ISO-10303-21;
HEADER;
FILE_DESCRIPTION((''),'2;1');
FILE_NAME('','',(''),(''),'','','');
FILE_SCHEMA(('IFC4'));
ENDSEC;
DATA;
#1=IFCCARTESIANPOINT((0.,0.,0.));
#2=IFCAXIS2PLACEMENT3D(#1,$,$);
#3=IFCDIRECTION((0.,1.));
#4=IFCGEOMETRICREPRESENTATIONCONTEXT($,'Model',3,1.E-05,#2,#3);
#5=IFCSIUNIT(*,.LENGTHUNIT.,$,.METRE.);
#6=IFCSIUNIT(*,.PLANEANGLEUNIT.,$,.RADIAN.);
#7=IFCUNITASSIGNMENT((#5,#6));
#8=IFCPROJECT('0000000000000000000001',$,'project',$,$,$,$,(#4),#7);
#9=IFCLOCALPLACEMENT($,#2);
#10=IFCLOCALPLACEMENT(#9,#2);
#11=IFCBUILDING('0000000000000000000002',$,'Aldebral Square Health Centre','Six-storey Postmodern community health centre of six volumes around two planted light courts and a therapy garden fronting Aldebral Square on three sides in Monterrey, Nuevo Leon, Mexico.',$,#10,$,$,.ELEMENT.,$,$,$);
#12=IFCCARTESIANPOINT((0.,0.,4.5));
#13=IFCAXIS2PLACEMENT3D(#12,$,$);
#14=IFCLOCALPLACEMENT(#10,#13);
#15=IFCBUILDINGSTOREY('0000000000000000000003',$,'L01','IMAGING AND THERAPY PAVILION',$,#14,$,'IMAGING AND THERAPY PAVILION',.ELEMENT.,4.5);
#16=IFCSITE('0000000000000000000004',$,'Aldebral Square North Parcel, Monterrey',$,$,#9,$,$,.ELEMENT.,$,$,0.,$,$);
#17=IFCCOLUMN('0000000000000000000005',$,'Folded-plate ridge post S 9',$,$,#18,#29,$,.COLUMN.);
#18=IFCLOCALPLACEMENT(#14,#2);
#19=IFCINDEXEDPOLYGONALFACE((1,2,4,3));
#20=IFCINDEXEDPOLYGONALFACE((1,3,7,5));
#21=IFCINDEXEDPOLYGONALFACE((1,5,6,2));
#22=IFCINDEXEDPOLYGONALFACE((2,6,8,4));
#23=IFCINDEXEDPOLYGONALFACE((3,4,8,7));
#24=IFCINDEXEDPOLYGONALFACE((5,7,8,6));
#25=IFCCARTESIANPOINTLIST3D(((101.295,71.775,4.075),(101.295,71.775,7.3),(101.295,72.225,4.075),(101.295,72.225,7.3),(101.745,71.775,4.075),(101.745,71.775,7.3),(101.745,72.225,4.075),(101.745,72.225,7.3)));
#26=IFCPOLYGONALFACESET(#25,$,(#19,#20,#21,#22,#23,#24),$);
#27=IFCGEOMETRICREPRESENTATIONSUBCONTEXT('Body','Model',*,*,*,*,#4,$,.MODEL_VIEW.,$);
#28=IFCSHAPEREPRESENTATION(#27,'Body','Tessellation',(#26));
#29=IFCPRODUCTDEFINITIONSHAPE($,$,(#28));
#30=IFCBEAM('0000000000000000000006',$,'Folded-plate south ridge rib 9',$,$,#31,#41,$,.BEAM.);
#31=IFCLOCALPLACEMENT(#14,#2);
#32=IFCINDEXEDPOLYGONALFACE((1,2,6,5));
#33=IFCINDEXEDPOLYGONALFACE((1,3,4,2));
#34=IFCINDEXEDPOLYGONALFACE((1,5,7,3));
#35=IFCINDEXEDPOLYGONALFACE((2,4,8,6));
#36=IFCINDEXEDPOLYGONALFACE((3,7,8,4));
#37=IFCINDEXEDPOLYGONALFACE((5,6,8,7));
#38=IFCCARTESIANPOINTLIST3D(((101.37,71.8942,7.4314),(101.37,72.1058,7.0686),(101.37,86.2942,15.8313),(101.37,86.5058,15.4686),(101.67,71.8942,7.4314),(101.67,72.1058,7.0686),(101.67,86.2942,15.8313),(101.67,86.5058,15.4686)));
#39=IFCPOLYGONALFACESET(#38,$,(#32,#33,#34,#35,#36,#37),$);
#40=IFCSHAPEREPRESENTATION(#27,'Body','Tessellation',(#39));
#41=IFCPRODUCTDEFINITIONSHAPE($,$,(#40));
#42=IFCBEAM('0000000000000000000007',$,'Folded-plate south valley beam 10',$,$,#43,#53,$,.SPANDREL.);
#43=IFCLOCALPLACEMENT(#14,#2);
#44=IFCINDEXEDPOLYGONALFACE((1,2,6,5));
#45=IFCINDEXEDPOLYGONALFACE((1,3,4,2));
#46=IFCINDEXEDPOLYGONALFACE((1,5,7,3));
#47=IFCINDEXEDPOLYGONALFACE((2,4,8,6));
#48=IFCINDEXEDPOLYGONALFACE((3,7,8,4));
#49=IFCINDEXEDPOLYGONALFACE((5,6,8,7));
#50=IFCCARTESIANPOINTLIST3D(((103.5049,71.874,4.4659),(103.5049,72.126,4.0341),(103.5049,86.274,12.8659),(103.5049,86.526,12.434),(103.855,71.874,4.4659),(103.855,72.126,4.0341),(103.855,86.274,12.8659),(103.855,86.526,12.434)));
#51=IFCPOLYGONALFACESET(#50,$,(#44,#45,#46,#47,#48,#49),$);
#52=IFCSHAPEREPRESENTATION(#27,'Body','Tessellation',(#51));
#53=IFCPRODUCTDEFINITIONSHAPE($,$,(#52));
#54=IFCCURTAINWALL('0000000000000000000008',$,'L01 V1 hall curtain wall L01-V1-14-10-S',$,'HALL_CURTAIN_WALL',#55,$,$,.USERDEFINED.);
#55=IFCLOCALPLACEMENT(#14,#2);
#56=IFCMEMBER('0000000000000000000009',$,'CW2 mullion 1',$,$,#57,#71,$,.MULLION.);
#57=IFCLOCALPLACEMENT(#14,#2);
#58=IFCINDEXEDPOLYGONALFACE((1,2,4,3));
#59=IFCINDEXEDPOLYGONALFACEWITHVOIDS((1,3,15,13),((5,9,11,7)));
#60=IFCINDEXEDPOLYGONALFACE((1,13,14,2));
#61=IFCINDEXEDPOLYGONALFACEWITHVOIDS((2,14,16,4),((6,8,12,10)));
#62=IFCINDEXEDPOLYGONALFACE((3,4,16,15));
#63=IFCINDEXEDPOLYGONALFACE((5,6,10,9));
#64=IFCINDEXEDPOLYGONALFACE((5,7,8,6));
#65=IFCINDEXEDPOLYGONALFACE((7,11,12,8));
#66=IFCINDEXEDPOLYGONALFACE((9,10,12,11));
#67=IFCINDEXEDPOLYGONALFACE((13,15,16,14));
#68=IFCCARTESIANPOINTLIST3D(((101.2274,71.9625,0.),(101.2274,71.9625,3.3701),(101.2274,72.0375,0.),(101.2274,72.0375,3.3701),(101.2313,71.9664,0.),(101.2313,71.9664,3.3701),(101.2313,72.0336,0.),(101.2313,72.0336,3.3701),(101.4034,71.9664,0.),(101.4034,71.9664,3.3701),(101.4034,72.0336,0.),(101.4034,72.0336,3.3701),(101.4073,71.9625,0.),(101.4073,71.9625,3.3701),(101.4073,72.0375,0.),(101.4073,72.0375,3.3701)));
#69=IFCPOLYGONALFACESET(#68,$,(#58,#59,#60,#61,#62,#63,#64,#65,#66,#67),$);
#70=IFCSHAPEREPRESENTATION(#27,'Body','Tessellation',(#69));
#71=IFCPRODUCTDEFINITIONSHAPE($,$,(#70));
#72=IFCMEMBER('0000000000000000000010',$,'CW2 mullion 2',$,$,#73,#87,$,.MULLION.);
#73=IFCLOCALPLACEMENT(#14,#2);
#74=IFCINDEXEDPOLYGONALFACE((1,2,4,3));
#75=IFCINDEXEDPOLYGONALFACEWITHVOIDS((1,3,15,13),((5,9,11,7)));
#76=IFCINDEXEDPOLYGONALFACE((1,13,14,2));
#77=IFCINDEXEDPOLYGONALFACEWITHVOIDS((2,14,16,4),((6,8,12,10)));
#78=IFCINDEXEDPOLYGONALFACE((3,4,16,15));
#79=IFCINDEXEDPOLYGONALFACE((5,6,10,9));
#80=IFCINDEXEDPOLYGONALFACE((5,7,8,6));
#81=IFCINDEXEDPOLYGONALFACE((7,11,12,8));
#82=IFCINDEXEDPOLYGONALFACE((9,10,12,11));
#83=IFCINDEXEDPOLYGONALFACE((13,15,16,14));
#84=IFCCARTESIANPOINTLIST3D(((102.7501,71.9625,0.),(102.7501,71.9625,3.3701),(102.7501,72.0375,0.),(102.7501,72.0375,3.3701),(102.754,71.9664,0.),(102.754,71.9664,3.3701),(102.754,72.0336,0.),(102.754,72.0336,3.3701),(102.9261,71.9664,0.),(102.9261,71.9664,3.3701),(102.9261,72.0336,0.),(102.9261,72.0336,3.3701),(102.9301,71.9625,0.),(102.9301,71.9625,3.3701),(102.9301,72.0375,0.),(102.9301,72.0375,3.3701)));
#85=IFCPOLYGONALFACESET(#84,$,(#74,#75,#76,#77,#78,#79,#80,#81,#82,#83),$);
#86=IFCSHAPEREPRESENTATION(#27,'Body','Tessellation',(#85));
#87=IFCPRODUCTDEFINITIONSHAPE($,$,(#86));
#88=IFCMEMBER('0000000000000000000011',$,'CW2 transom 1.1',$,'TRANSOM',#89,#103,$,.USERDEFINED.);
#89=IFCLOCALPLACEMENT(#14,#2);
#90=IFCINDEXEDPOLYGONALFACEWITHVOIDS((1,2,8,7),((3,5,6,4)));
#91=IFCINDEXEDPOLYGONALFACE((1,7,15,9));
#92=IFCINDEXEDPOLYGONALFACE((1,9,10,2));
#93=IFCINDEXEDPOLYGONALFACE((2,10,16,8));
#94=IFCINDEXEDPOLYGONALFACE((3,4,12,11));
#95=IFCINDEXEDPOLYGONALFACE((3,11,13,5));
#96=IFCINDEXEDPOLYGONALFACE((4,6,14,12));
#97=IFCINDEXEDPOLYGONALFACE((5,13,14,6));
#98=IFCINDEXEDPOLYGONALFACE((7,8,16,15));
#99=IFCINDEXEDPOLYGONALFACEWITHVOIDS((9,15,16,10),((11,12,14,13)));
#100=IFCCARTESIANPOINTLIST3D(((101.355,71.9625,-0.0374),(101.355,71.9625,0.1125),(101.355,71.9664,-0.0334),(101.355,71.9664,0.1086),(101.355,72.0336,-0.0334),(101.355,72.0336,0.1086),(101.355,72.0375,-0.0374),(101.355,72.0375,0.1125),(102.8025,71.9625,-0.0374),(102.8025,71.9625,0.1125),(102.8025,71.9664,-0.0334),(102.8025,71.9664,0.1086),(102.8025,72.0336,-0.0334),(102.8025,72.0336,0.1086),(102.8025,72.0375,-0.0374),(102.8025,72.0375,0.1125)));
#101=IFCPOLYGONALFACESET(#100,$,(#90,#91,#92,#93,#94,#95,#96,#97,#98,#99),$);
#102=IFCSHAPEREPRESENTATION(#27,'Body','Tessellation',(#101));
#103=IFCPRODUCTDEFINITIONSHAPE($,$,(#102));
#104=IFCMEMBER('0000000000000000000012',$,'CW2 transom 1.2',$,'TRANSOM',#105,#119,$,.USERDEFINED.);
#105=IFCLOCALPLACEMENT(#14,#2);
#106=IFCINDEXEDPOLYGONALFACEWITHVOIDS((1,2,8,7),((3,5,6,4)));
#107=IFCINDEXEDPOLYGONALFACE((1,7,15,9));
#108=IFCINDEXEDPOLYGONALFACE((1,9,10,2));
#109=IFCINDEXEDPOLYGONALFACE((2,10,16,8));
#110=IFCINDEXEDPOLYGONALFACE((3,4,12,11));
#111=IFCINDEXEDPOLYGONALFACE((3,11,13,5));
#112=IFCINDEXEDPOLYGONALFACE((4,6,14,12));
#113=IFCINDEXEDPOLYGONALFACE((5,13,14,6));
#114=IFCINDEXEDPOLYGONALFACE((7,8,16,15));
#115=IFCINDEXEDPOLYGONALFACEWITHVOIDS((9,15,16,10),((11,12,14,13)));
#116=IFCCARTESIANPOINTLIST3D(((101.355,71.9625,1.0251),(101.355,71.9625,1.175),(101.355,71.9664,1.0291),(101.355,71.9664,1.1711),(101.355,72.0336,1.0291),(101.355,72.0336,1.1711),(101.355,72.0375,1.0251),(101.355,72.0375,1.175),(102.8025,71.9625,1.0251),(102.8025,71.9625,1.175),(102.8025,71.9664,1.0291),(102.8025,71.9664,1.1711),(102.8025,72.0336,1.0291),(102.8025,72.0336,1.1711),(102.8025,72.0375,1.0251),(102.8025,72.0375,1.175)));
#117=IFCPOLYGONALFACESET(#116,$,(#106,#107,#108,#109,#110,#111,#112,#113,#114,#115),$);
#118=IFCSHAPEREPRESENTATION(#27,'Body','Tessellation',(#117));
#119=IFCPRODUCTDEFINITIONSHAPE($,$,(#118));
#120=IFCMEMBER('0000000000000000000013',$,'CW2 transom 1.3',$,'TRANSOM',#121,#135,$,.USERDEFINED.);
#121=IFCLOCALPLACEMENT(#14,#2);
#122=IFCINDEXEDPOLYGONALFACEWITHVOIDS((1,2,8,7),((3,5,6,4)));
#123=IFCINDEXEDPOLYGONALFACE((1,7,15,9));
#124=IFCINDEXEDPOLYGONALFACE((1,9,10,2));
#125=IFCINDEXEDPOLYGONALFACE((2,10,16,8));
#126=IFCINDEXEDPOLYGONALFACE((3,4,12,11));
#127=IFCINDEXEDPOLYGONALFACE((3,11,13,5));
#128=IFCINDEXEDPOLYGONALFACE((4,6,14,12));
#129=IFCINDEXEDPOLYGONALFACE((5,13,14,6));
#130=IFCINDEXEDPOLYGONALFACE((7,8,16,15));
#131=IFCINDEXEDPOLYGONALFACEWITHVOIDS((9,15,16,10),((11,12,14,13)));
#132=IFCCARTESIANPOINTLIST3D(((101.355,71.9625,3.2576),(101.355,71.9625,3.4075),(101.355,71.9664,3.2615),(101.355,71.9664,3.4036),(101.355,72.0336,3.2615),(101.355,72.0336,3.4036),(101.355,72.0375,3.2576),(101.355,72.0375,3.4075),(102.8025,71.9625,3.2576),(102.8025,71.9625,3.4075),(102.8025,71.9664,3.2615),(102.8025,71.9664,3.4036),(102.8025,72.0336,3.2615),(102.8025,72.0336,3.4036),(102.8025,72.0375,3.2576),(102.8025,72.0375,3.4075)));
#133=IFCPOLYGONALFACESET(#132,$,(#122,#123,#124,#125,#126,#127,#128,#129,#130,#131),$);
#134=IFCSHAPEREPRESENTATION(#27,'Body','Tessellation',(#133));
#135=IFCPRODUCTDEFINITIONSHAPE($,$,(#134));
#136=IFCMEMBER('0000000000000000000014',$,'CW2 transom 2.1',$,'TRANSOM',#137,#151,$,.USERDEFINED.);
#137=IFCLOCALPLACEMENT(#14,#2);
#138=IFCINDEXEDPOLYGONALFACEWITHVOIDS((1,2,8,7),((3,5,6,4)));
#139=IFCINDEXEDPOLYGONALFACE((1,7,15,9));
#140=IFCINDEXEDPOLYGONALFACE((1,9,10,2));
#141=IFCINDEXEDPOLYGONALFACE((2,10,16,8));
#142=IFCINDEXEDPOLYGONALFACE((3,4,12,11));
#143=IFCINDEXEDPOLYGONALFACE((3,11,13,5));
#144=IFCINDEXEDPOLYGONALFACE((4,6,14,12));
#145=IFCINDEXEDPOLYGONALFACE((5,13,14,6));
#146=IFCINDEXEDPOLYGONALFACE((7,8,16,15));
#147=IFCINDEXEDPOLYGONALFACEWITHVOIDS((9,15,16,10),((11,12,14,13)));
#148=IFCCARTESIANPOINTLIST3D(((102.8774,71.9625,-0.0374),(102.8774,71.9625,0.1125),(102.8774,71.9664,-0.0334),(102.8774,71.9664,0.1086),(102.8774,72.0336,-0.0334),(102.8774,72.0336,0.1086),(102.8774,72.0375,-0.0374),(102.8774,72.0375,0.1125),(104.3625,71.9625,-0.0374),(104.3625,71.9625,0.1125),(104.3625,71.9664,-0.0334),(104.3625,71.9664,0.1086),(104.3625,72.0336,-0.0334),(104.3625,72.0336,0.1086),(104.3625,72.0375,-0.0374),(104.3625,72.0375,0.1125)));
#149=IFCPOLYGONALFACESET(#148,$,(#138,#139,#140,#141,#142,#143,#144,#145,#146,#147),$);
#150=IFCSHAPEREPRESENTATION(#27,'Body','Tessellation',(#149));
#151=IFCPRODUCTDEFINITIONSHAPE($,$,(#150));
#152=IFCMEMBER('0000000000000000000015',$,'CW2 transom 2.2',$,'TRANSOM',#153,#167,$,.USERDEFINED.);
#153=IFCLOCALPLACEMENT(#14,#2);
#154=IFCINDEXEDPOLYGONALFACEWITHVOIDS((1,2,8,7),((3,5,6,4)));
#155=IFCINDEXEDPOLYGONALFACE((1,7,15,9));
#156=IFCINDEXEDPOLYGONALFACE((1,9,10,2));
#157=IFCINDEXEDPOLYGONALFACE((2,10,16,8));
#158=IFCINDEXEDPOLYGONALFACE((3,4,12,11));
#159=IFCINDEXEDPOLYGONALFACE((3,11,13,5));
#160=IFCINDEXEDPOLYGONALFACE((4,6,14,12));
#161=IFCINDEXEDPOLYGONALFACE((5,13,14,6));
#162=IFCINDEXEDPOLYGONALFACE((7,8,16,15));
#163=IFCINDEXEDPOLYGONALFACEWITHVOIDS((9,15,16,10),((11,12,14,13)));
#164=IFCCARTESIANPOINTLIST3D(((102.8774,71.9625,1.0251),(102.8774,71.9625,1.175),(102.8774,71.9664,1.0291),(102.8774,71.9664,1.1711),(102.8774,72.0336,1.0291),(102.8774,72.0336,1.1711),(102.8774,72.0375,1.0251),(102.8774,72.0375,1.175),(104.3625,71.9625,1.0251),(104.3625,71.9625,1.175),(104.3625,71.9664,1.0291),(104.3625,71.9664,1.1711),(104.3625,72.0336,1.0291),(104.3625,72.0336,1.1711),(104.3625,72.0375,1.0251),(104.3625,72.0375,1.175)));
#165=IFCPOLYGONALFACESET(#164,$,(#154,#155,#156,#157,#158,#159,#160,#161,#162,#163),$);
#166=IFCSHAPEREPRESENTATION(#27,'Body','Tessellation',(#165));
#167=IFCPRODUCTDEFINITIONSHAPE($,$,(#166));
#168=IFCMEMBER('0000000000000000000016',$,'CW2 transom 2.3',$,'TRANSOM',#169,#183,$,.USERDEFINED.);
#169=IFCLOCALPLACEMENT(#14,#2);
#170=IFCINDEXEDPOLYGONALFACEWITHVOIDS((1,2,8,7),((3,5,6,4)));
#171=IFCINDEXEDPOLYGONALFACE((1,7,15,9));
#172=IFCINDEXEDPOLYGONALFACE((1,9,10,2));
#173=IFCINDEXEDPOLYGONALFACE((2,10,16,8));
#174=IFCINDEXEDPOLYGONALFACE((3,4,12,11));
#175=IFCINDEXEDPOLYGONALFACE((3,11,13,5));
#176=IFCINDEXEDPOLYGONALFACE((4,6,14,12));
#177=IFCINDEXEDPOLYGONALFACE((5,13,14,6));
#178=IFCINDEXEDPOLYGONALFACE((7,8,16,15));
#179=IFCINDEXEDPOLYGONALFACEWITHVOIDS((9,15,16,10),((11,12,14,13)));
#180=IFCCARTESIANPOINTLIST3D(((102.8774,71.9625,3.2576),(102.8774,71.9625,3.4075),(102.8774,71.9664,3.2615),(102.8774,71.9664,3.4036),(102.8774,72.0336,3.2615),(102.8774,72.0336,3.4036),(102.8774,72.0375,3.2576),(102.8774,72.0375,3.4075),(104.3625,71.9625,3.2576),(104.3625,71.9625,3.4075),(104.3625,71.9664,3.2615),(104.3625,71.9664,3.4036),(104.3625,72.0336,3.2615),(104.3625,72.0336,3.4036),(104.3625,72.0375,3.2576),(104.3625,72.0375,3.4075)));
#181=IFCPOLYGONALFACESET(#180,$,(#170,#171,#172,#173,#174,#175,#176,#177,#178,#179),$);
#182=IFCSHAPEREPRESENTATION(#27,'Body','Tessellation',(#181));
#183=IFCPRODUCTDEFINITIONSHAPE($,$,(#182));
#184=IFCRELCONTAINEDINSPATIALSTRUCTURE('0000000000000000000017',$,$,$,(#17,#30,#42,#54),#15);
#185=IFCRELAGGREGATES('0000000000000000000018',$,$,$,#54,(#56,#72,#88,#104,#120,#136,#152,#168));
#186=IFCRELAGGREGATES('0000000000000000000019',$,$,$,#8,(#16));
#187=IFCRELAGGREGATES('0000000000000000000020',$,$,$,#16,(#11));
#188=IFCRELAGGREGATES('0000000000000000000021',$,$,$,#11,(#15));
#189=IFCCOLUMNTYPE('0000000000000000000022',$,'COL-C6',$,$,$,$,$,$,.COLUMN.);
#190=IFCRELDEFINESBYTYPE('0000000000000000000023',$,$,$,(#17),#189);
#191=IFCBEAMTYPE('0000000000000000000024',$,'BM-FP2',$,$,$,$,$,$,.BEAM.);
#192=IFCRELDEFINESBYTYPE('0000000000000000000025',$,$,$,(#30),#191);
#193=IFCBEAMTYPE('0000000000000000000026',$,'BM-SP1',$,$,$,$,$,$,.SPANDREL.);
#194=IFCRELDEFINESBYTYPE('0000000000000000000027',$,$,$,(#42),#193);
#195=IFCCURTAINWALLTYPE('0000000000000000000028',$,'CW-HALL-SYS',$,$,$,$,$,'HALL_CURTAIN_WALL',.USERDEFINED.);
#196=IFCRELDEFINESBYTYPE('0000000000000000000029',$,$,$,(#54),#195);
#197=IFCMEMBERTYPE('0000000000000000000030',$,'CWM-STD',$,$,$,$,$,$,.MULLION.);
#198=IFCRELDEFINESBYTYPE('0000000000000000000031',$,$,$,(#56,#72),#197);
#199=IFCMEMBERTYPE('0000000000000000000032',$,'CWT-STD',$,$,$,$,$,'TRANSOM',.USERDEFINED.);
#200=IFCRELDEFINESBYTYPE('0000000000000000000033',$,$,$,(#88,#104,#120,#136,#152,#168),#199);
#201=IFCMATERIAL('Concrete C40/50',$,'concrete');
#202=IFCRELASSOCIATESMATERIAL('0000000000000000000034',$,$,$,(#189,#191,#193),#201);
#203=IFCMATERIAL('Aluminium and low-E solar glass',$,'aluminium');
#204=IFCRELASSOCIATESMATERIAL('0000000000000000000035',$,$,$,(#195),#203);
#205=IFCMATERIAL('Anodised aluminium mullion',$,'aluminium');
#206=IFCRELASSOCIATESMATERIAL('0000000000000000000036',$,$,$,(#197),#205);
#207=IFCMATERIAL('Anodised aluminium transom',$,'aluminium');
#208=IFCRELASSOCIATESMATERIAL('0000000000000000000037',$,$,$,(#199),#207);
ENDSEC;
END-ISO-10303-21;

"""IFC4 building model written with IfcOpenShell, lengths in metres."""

from ifc_helpers import new_model, si_unit, direction, frame, origin, origin_2d, place, context, subcontext, project, spatial, rectangle, hollow_rectangle, extrude, material, material_profile, profile_set, type_object, element, aggregate, save


model = new_model("IFC4")

# Units and contexts
model_context = context("Model", 3, precision=1e-05, world=origin(), true_north=direction((0.0, 1.0)))
body_context = subcontext(model_context, "Body", "Model", "MODEL_VIEW")
ifc_project = project(units=[si_unit("LENGTHUNIT", "METRE"), si_unit("PLANEANGLEUNIT", "RADIAN")], contexts=[model_context])

# Site, building, storey
site_placement = place(None, origin())
site = spatial("IfcSite", under=ifc_project, at=site_placement, Name="Aldebral Square North Parcel, Monterrey", CompositionType="ELEMENT", RefElevation=0.0)
building_placement = place(site_placement, origin())
building = spatial("IfcBuilding", under=site, at=building_placement, Name="Aldebral Square Health Centre", Description="Six-storey Postmodern community health centre of six volumes around two planted light courts and a therapy garden fronting Aldebral Square on three sides in Monterrey, Nuevo Leon, Mexico.", CompositionType="ELEMENT")
storey_placement = place(building_placement, frame((0.0, 0.0, 4.5)))
storey = spatial("IfcBuildingStorey", under=building, at=storey_placement, Name="L01", Description="IMAGING AND THERAPY PAVILION", LongName="IMAGING AND THERAPY PAVILION", CompositionType="ELEMENT", Elevation=4.5)

# Column
ifc_material_1 = material(Name="Concrete C40/50", Category="concrete")
ifc_material_profile_1 = material_profile(ifc_material_1, rectangle(XDim=0.45, YDim=0.45, at=origin_2d()), Name="RC 450x450")
ifc_profile_set_1 = profile_set([ifc_material_profile_1], Name="Concrete C40/50")
column_type = type_object("IfcColumnType", Name="COL-C6", PredefinedType="COLUMN", material=ifc_profile_set_1)
column_placement = place(storey_placement, frame((101.52, 72.0, 4.075), z_axis=(0.0, 0.0, 1.0), x_axis=(1.0, 0.0, 0.0)))
element("IfcColumn", 1, at=column_placement, inside=storey, type_object=column_type, Name="Folded-plate ridge post S 9", PredefinedType="COLUMN", context=body_context, shape_type="SweptSolid", body=[
    extrude(rectangle(XDim=0.45, YDim=0.45, at=origin_2d()), origin(), (0.0, 0.0, 1.0), 3.2251),
])

# Beams
ifc_material_profile_2 = material_profile(ifc_material_1, rectangle(XDim=0.3, YDim=0.4199, at=origin_2d()), Name="RC 300x420")
ifc_profile_set_2 = profile_set([ifc_material_profile_2], Name="Concrete C40/50")
beam_type_1 = type_object("IfcBeamType", Name="BM-FP2", PredefinedType="BEAM", material=ifc_profile_set_2)
beam_1_placement = place(storey_placement, frame((101.52, 72.0, 7.25), z_axis=(0.0, 0.86378, 0.503869), x_axis=(-1.0, 0.0, 0.0)))
element("IfcBeam", 2, at=beam_1_placement, inside=storey, type_object=beam_type_1, Name="Folded-plate south ridge rib 9", PredefinedType="BEAM", context=body_context, shape_type="SweptSolid", body=[
    extrude(rectangle(XDim=0.3, YDim=0.4199, at=origin_2d()), origin(), (0.0, 0.0, 1.0), 16.6709),
])
ifc_material_profile_3 = material_profile(ifc_material_1, rectangle(XDim=0.3501, YDim=0.5, at=origin_2d()), Name="RC 350x500")
ifc_profile_set_3 = profile_set([ifc_material_profile_3], Name="Concrete C40/50")
beam_type_2 = type_object("IfcBeamType", Name="BM-SP1", PredefinedType="SPANDREL", material=ifc_profile_set_3)
beam_2_placement = place(storey_placement, frame((103.6799, 72.0, 4.25), z_axis=(0.0, 0.86378, 0.503869), x_axis=(-1.0, 0.0, 0.0)))
element("IfcBeam", 3, at=beam_2_placement, inside=storey, type_object=beam_type_2, Name="Folded-plate south valley beam 10", PredefinedType="SPANDREL", context=body_context, shape_type="SweptSolid", body=[
    extrude(rectangle(XDim=0.3501, YDim=0.5, at=origin_2d()), origin(), (0.0, 0.0, 1.0), 16.6709),
])

# Curtain wall, members
ifc_material_2 = material(Name="Aluminium and low-E solar glass", Category="aluminium")
curtain_wall_type = type_object("IfcCurtainWallType", Name="CW-HALL-SYS", ElementType="HALL_CURTAIN_WALL", PredefinedType="USERDEFINED", material=ifc_material_2)
curtain_wall_placement = place(storey_placement, origin())
curtain_wall = element("IfcCurtainWall", 4, at=curtain_wall_placement, inside=storey, type_object=curtain_wall_type, Name="L01 V1 hall curtain wall L01-V1-14-10-S", ObjectType="HALL_CURTAIN_WALL", PredefinedType="USERDEFINED")
ifc_material_3 = material(Name="Anodised aluminium mullion", Category="aluminium")
ifc_material_profile_4 = material_profile(ifc_material_3, hollow_rectangle(XDim=0.075, YDim=0.1799, WallThickness=0.0039, at=origin_2d()), Name="CWM 75x180x4")
ifc_profile_set_4 = profile_set([ifc_material_profile_4], Name="Anodised aluminium mullion")
member_type_1 = type_object("IfcMemberType", Name="CWM-STD", PredefinedType="MULLION", material=ifc_profile_set_4)
member_1_placement = place(storey_placement, frame((101.3174, 72.0, 0.0), z_axis=(0.0, 0.0, 1.0), x_axis=(0.0, 1.0, 0.0)))
member_1 = element("IfcMember", 5, at=member_1_placement, type_object=member_type_1, Name="CW2 mullion 1", PredefinedType="MULLION", context=body_context, shape_type="SweptSolid", body=[
    extrude(hollow_rectangle(XDim=0.075, YDim=0.1799, WallThickness=0.0039, at=origin_2d()), origin(), (0.0, 0.0, 1.0), 3.3701),
])
member_2_placement = place(storey_placement, frame((102.8401, 72.0, 0.0), z_axis=(0.0, 0.0, 1.0), x_axis=(0.0, 1.0, 0.0)))
member_2 = element("IfcMember", 6, at=member_2_placement, type_object=member_type_1, Name="CW2 mullion 2", PredefinedType="MULLION", context=body_context, shape_type="SweptSolid", body=[
    extrude(hollow_rectangle(XDim=0.075, YDim=0.1799, WallThickness=0.0039, at=origin_2d()), origin(), (0.0, 0.0, 1.0), 3.3701),
])
ifc_material_4 = material(Name="Anodised aluminium transom", Category="aluminium")
ifc_material_profile_5 = material_profile(ifc_material_4, hollow_rectangle(XDim=0.075, YDim=0.1499, WallThickness=0.0039, at=origin_2d()), Name="CWT 75x150x4")
ifc_profile_set_5 = profile_set([ifc_material_profile_5], Name="Anodised aluminium transom")
member_type_2 = type_object("IfcMemberType", Name="CWT-STD", ElementType="TRANSOM", PredefinedType="USERDEFINED", material=ifc_profile_set_5)
member_3_placement = place(storey_placement, frame((101.355, 72.0, 0.0376), z_axis=(1.0, 0.0, 0.0), x_axis=(0.0, 1.0, 0.0)))
member_3 = element("IfcMember", 7, at=member_3_placement, type_object=member_type_2, Name="CW2 transom 1.1", ObjectType="TRANSOM", PredefinedType="USERDEFINED", context=body_context, shape_type="SweptSolid", body=[
    extrude(hollow_rectangle(XDim=0.075, YDim=0.1499, WallThickness=0.0039, at=origin_2d()), origin(), (0.0, 0.0, 1.0), 1.4475),
])
member_4_placement = place(storey_placement, frame((101.355, 72.0, 1.1001), z_axis=(1.0, 0.0, 0.0), x_axis=(0.0, 1.0, 0.0)))
member_4 = element("IfcMember", 8, at=member_4_placement, type_object=member_type_2, Name="CW2 transom 1.2", ObjectType="TRANSOM", PredefinedType="USERDEFINED", context=body_context, shape_type="SweptSolid", body=[
    extrude(hollow_rectangle(XDim=0.075, YDim=0.1499, WallThickness=0.0039, at=origin_2d()), origin(), (0.0, 0.0, 1.0), 1.4475),
])
member_5_placement = place(storey_placement, frame((101.355, 72.0, 3.3325), z_axis=(1.0, 0.0, 0.0), x_axis=(0.0, 1.0, 0.0)))
member_5 = element("IfcMember", 9, at=member_5_placement, type_object=member_type_2, Name="CW2 transom 1.3", ObjectType="TRANSOM", PredefinedType="USERDEFINED", context=body_context, shape_type="SweptSolid", body=[
    extrude(hollow_rectangle(XDim=0.075, YDim=0.1499, WallThickness=0.0039, at=origin_2d()), origin(), (0.0, 0.0, 1.0), 1.4475),
])
member_6_placement = place(storey_placement, frame((102.8774, 72.0, 0.0376), z_axis=(1.0, 0.0, 0.0), x_axis=(0.0, 1.0, 0.0)))
member_6 = element("IfcMember", 10, at=member_6_placement, type_object=member_type_2, Name="CW2 transom 2.1", ObjectType="TRANSOM", PredefinedType="USERDEFINED", context=body_context, shape_type="SweptSolid", body=[
    extrude(hollow_rectangle(XDim=0.075, YDim=0.1499, WallThickness=0.0039, at=origin_2d()), origin(), (0.0, 0.0, 1.0), 1.4851),
])
member_7_placement = place(storey_placement, frame((102.8774, 72.0, 1.1001), z_axis=(1.0, 0.0, 0.0), x_axis=(0.0, 1.0, 0.0)))
member_7 = element("IfcMember", 11, at=member_7_placement, type_object=member_type_2, Name="CW2 transom 2.2", ObjectType="TRANSOM", PredefinedType="USERDEFINED", context=body_context, shape_type="SweptSolid", body=[
    extrude(hollow_rectangle(XDim=0.075, YDim=0.1499, WallThickness=0.0039, at=origin_2d()), origin(), (0.0, 0.0, 1.0), 1.4851),
])
member_8_placement = place(storey_placement, frame((102.8774, 72.0, 3.3325), z_axis=(1.0, 0.0, 0.0), x_axis=(0.0, 1.0, 0.0)))
member_8 = element("IfcMember", 12, at=member_8_placement, type_object=member_type_2, Name="CW2 transom 2.3", ObjectType="TRANSOM", PredefinedType="USERDEFINED", context=body_context, shape_type="SweptSolid", body=[
    extrude(hollow_rectangle(XDim=0.075, YDim=0.1499, WallThickness=0.0039, at=origin_2d()), origin(), (0.0, 0.0, 1.0), 1.4851),
])
aggregate(curtain_wall, [member_1, member_2, member_3, member_4, member_5, member_6, member_7, member_8])

save(model, "model.ifc")
